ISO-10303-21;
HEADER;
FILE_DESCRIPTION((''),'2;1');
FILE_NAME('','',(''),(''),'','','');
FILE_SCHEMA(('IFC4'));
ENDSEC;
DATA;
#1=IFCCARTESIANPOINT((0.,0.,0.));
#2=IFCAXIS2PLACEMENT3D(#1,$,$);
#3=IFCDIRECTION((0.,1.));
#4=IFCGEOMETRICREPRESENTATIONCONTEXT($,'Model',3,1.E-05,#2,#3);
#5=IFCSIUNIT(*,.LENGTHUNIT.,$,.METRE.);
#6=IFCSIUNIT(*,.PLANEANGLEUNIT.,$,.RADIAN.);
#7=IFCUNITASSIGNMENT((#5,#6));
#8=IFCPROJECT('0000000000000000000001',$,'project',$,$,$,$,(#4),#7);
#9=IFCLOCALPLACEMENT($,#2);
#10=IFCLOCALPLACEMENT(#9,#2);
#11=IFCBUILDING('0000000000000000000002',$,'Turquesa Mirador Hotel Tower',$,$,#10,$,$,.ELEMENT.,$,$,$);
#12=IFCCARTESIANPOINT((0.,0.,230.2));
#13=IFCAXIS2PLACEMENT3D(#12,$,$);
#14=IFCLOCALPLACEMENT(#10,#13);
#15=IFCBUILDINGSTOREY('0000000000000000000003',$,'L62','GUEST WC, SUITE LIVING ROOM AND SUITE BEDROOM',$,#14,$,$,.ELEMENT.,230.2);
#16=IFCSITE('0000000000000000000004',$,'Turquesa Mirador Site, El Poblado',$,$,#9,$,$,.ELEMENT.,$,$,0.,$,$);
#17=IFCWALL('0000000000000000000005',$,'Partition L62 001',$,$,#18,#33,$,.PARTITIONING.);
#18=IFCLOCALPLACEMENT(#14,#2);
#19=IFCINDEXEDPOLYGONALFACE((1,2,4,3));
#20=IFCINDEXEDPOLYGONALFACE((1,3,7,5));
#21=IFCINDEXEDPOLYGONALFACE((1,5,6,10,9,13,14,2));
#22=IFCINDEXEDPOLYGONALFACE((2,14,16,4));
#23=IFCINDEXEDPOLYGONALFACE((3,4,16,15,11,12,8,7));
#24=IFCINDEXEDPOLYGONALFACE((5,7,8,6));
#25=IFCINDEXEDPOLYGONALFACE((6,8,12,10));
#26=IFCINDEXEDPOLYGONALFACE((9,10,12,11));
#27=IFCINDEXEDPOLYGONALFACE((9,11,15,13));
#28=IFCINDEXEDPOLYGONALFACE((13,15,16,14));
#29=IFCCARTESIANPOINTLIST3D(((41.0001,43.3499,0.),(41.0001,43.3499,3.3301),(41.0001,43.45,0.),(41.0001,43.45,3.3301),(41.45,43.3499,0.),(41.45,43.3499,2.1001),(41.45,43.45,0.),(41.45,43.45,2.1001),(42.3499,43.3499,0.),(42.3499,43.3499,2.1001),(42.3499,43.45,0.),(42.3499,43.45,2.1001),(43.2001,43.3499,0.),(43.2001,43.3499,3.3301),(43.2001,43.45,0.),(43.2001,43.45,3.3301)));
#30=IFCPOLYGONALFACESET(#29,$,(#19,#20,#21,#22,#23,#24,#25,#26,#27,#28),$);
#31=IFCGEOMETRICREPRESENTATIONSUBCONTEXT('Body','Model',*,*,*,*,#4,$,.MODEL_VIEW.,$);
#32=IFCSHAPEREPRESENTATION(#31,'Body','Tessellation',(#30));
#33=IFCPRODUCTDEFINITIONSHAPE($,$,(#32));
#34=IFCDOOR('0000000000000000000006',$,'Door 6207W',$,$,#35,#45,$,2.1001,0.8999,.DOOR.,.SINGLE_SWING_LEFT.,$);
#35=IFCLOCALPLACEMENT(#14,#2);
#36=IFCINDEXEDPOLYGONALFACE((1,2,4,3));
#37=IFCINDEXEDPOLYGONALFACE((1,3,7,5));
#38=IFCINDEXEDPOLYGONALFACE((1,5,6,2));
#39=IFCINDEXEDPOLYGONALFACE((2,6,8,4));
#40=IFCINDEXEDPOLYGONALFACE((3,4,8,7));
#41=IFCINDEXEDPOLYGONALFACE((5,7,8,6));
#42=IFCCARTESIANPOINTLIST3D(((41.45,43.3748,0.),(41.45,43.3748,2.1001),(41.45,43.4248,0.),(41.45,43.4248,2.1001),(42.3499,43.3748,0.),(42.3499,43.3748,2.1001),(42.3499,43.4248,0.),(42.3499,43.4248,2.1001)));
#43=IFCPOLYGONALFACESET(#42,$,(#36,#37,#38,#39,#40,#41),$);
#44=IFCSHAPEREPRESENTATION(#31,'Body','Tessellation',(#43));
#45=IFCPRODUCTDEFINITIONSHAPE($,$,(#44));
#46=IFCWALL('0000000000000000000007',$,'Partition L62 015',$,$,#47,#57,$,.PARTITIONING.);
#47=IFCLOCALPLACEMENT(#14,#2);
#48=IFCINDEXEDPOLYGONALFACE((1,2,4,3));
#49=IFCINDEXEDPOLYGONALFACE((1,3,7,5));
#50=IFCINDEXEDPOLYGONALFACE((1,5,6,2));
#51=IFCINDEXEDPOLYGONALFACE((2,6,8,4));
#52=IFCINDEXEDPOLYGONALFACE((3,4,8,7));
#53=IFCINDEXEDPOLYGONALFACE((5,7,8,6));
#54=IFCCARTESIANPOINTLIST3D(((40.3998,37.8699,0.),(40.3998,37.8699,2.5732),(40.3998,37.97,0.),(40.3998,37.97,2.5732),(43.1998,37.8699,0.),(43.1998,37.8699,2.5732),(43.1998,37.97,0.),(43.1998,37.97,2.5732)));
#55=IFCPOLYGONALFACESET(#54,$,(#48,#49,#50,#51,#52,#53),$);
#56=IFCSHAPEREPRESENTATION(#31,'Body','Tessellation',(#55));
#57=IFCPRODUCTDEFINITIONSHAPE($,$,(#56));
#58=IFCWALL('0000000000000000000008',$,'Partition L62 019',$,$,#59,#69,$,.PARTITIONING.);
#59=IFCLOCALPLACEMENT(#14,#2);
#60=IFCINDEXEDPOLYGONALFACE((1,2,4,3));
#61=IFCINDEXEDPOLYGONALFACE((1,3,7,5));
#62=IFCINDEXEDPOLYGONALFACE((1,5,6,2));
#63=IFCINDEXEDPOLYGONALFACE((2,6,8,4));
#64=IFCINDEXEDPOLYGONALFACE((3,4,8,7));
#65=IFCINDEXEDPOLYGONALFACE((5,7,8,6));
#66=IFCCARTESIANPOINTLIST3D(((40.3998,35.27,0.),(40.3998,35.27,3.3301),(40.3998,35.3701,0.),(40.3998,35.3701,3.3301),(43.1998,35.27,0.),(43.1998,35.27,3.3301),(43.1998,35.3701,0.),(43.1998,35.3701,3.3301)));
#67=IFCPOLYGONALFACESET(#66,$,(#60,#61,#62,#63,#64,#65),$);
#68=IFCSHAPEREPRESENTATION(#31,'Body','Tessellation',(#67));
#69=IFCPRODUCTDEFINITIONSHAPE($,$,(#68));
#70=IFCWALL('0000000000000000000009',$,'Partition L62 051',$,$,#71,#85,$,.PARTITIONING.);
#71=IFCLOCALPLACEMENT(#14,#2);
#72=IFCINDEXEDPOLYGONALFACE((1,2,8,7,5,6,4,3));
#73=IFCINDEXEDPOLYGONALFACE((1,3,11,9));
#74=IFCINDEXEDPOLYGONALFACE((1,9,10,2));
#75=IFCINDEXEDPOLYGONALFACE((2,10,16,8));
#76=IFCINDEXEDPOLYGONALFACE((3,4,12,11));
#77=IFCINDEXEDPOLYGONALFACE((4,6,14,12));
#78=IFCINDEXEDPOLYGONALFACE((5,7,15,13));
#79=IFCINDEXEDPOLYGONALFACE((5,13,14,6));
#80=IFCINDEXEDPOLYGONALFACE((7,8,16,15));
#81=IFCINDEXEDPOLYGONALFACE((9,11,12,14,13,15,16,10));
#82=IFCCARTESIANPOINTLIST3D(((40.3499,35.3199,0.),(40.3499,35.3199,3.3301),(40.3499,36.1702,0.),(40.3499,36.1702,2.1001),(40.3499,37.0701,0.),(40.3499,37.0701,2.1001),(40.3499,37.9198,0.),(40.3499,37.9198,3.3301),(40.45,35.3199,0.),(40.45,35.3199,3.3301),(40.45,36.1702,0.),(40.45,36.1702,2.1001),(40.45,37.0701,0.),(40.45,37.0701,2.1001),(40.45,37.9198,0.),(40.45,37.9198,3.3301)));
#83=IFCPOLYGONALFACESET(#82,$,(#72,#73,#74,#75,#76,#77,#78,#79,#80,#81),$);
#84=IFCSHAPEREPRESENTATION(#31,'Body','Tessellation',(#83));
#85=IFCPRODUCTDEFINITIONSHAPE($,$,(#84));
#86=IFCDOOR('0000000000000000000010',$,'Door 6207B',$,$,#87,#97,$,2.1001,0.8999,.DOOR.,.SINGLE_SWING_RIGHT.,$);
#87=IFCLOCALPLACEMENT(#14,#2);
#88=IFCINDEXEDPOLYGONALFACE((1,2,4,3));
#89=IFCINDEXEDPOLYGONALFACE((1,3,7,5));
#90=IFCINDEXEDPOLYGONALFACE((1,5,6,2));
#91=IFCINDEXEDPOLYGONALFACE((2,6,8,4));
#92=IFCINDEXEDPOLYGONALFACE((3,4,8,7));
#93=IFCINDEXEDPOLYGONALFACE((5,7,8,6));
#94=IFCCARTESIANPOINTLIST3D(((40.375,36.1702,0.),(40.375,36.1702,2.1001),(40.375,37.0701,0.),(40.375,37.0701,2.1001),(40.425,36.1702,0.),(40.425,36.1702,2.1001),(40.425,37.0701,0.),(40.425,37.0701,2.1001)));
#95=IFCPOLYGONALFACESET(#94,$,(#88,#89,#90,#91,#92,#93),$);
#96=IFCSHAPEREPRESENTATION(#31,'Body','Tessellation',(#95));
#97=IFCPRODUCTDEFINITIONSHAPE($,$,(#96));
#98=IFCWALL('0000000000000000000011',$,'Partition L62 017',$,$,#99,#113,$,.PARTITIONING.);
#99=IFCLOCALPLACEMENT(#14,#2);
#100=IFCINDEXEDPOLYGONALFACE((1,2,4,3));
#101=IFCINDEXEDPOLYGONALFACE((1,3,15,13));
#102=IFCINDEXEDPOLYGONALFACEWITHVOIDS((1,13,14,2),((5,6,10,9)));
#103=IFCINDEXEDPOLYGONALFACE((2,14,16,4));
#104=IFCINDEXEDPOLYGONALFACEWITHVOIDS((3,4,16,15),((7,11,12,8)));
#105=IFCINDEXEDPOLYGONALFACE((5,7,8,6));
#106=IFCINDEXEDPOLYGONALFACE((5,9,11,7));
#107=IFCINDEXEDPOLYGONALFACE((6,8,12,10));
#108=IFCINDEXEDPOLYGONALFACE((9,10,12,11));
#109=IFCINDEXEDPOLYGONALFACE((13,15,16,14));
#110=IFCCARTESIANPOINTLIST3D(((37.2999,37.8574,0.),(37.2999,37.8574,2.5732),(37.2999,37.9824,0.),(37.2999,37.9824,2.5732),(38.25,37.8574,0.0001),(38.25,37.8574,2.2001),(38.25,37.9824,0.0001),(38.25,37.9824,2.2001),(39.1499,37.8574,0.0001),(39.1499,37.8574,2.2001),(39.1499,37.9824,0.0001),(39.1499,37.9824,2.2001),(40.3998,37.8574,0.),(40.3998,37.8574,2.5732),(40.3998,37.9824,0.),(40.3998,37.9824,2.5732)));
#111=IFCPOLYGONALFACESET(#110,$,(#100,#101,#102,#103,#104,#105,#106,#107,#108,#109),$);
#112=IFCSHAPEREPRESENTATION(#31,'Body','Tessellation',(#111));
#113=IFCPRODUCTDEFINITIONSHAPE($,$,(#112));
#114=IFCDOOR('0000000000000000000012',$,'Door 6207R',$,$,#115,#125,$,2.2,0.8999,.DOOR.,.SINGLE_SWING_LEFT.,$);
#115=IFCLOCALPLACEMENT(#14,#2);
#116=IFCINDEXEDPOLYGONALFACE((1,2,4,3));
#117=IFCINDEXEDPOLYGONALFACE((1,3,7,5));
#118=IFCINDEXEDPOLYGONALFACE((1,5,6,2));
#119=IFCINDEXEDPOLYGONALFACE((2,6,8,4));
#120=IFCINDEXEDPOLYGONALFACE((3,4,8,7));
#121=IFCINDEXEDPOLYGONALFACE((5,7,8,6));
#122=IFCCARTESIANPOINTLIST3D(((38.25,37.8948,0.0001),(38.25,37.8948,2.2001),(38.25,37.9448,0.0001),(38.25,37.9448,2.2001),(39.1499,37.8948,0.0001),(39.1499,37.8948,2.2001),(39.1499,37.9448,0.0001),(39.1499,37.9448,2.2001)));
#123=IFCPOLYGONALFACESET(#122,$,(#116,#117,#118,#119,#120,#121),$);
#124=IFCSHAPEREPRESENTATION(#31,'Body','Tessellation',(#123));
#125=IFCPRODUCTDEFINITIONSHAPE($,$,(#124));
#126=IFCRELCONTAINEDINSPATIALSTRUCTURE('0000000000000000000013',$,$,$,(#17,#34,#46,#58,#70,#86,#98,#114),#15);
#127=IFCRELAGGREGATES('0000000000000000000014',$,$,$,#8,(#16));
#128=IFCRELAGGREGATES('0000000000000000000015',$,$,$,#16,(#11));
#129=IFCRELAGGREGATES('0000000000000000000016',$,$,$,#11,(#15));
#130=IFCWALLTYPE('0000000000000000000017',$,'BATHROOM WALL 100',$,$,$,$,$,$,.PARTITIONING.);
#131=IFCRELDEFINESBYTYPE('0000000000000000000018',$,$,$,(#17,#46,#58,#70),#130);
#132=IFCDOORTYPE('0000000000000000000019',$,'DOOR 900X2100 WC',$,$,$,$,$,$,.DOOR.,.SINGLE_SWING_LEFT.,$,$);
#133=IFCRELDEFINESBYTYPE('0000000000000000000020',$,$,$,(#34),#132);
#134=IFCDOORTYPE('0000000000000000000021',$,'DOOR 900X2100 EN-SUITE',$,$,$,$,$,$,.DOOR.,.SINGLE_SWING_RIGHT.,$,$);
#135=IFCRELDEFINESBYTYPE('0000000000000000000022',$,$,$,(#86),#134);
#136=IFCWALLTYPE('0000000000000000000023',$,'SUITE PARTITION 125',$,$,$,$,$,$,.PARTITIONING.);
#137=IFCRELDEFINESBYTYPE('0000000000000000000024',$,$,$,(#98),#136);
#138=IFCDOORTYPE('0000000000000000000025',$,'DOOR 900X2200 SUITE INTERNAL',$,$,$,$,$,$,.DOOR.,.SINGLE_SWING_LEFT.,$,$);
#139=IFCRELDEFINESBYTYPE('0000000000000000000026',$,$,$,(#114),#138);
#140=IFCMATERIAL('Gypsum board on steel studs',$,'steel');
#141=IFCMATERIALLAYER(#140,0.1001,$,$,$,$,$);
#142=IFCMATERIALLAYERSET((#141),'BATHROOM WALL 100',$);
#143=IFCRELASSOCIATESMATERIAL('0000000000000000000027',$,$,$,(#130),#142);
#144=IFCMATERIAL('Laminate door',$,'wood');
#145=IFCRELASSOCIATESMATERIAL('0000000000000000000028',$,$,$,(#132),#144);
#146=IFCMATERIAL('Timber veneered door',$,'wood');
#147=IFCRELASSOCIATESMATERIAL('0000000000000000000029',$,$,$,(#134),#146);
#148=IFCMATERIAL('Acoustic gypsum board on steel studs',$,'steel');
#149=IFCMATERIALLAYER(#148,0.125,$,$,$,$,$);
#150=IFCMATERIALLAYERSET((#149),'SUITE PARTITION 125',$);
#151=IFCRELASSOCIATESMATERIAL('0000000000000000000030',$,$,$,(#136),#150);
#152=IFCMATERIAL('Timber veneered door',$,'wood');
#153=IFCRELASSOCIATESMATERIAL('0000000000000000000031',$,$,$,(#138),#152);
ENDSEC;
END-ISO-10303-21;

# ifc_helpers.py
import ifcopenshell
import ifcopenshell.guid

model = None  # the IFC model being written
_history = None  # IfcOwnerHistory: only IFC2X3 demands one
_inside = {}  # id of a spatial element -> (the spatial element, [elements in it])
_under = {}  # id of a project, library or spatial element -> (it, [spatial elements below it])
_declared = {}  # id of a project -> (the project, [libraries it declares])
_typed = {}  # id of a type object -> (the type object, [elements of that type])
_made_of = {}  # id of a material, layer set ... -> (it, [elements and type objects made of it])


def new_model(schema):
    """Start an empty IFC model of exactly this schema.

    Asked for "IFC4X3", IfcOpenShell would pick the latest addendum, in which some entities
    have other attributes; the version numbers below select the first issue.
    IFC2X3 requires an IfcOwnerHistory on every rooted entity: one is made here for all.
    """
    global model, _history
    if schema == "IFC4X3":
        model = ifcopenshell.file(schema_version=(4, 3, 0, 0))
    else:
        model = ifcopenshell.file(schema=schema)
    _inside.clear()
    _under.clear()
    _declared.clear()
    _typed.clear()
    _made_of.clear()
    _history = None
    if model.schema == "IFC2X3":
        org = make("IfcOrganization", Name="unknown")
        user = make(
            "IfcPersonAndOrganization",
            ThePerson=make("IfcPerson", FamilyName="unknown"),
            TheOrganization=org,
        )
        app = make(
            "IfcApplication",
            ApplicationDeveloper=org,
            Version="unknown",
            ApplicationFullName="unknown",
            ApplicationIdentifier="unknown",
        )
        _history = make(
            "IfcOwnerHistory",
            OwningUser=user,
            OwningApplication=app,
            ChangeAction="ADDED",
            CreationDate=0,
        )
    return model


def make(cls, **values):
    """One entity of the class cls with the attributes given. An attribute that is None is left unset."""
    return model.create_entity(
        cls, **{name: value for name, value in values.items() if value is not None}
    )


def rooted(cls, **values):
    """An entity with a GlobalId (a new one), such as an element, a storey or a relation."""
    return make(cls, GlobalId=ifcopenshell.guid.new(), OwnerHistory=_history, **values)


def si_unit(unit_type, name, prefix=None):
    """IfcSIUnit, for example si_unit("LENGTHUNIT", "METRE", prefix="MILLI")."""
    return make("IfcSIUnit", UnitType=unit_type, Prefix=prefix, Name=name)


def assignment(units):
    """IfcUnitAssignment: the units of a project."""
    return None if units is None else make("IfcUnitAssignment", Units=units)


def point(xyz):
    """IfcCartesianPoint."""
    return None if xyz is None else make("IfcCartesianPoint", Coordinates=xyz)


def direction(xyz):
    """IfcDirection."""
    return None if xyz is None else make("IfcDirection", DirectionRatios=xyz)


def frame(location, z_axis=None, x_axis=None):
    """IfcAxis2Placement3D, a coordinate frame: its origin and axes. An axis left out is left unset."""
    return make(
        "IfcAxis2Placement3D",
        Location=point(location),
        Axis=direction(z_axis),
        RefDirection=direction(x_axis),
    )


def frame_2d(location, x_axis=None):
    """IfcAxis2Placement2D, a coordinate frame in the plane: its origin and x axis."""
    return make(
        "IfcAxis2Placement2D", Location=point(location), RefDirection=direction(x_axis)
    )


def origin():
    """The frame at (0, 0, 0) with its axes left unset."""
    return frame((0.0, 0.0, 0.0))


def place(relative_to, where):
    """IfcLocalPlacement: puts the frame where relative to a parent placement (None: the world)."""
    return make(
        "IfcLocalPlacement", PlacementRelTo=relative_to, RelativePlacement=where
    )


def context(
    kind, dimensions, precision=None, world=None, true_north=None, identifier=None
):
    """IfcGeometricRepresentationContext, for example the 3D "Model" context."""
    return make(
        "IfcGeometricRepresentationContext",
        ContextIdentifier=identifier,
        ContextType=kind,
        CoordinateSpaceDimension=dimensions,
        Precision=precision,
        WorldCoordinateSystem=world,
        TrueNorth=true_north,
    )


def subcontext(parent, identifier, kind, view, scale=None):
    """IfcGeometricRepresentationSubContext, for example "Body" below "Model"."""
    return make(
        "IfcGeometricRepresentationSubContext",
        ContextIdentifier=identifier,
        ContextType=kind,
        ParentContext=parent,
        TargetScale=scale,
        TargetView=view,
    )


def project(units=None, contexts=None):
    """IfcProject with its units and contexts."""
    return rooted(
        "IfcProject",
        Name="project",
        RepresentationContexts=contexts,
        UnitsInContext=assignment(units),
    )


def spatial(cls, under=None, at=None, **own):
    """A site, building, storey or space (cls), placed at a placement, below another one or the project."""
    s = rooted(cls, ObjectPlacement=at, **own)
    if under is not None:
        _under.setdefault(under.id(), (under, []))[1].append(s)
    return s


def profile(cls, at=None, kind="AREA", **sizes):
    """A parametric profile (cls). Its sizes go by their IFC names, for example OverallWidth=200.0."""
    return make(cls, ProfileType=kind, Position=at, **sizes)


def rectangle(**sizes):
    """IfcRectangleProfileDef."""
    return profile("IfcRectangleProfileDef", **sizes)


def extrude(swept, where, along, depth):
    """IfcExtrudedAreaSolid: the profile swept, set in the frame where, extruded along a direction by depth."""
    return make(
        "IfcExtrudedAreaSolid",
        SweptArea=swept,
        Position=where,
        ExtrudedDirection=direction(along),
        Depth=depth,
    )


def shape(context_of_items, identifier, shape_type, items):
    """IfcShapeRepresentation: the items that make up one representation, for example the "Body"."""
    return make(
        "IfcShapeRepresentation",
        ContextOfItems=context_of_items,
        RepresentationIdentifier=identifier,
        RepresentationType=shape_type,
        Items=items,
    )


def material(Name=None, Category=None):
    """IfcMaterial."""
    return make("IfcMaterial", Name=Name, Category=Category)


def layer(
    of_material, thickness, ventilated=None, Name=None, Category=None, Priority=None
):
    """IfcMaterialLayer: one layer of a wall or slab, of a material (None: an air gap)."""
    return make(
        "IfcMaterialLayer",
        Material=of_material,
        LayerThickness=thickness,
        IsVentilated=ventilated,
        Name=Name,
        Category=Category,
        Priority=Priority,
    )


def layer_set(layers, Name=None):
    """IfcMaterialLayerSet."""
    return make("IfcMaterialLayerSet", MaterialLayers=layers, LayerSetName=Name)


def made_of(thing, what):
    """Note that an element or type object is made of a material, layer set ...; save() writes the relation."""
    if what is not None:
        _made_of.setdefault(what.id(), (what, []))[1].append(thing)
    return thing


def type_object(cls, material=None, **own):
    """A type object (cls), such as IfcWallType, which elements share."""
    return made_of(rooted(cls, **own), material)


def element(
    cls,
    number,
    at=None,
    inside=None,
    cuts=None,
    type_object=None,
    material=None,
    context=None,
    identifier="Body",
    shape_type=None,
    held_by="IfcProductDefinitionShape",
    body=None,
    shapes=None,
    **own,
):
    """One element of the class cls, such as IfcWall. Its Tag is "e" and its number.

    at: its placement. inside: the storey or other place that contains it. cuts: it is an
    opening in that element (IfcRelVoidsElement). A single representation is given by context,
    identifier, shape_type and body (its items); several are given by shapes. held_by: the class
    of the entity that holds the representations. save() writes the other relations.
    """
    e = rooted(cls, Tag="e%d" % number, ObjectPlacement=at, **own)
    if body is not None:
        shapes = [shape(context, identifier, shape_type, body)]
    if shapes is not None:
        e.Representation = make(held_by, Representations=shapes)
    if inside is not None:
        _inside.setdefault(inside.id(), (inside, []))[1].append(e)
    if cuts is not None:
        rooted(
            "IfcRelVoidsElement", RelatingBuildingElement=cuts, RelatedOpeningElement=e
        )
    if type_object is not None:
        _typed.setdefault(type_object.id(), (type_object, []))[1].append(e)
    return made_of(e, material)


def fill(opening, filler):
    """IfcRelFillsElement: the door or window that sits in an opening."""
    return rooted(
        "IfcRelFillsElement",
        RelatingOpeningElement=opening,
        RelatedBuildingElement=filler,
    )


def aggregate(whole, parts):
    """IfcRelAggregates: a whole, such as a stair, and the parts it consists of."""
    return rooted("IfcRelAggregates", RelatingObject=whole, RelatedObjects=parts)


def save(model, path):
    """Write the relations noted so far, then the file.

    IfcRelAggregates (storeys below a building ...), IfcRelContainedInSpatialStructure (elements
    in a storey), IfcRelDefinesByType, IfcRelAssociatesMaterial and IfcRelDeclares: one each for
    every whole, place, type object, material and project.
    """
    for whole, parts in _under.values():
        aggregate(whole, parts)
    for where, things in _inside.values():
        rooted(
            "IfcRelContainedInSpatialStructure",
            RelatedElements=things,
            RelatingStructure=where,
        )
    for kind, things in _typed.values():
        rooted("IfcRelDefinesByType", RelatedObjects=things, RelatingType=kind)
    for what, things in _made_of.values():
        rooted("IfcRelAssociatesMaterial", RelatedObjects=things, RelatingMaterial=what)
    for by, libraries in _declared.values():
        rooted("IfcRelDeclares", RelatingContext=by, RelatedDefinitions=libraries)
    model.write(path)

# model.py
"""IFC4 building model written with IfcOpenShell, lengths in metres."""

from ifc_helpers import new_model, si_unit, direction, frame, frame_2d, origin, place, context, subcontext, project, spatial, rectangle, extrude, material, layer, layer_set, type_object, element, fill, save


model = new_model("IFC4")

# Units and contexts
model_context = context("Model", 3, precision=1e-05, world=origin(), true_north=direction((0.0, 1.0)))
body_context = subcontext(model_context, "Body", "Model", "MODEL_VIEW")
ifc_project = project(units=[si_unit("LENGTHUNIT", "METRE"), si_unit("PLANEANGLEUNIT", "RADIAN")], contexts=[model_context])

# Site, building, storey
site_placement = place(None, origin())
site = spatial("IfcSite", under=ifc_project, at=site_placement, Name="Turquesa Mirador Site, El Poblado", CompositionType="ELEMENT", RefElevation=0.0)
building_placement = place(site_placement, origin())
building = spatial("IfcBuilding", under=site, at=building_placement, Name="Turquesa Mirador Hotel Tower", CompositionType="ELEMENT")
storey_placement = place(building_placement, frame((0.0, 0.0, 230.2)))
storey = spatial("IfcBuildingStorey", under=building, at=storey_placement, Name="L62", Description="GUEST WC, SUITE LIVING ROOM AND SUITE BEDROOM", CompositionType="ELEMENT", Elevation=230.2)

# Wall, opening, door
ifc_material_1 = material(Name="Gypsum board on steel studs", Category="steel")
ifc_layer_1 = layer(ifc_material_1, 0.1001)
ifc_layer_set_1 = layer_set([ifc_layer_1], Name="BATHROOM WALL 100")
wall_type_1 = type_object("IfcWallType", Name="BATHROOM WALL 100", PredefinedType="PARTITIONING", material=ifc_layer_set_1)
wall_1_placement = place(storey_placement, frame((41.0, 43.3999, 0.0), z_axis=(0.0, 0.0, 1.0), x_axis=(1.0, 0.0, 0.0)))
wall_1 = element("IfcWall", 1, at=wall_1_placement, inside=storey, type_object=wall_type_1, Name="Partition L62 001", PredefinedType="PARTITIONING", context=body_context, shape_type="SweptSolid", body=[
    extrude(rectangle(XDim=2.2, YDim=0.1001, at=frame_2d((1.1001, 0.0))), origin(), (0.0, 0.0, 1.0), 3.3301),
])
opening_1_placement = place(wall_1_placement, frame((0.45, 0.0, 0.0)))
opening_1 = element("IfcOpeningElement", 2, at=opening_1_placement, cuts=wall_1, PredefinedType="OPENING", context=body_context, shape_type="SweptSolid", body=[
    extrude(rectangle(XDim=0.8999, YDim=2.1001, at=frame_2d((0.45, 1.05))), frame((0.0, 0.0601, 0.0), z_axis=(0.0, -1.0, 0.0), x_axis=(1.0, 0.0, 0.0)), (0.0, 0.0, 1.0), 0.1201),
])
ifc_material_2 = material(Name="Laminate door", Category="wood")
door_type_1 = type_object("IfcDoorType", Name="DOOR 900X2100 WC", OperationType="SINGLE_SWING_LEFT", PredefinedType="DOOR", material=ifc_material_2)
door_1_placement = place(opening_1_placement, origin())
door_1 = element("IfcDoor", 3, at=door_1_placement, inside=storey, type_object=door_type_1, Name="Door 6207W", OperationType="SINGLE_SWING_LEFT", OverallHeight=2.1001, OverallWidth=0.8999, PredefinedType="DOOR", context=body_context, shape_type="SweptSolid", body=[
    extrude(rectangle(XDim=0.8999, YDim=2.1001, at=frame_2d((0.45, 1.05))), frame((0.0, 0.0249, 0.0), z_axis=(0.0, -1.0, 0.0), x_axis=(1.0, 0.0, 0.0)), (0.0, 0.0, 1.0), 0.05),
])
fill(opening_1, door_1)

# Walls
wall_2_placement = place(storey_placement, frame((40.3999, 37.9199, 0.0), z_axis=(0.0, 0.0, 1.0), x_axis=(1.0, 0.0, 0.0)))
element("IfcWall", 4, at=wall_2_placement, inside=storey, type_object=wall_type_1, Name="Partition L62 015", PredefinedType="PARTITIONING", context=body_context, shape_type="SweptSolid", body=[
    extrude(rectangle(XDim=2.8, YDim=0.1001, at=frame_2d((1.3999, 0.0))), origin(), (0.0, 0.0, 1.0), 2.5732),
])
wall_3_placement = place(storey_placement, frame((40.3999, 35.3201, 0.0), z_axis=(0.0, 0.0, 1.0), x_axis=(1.0, 0.0, 0.0)))
element("IfcWall", 5, at=wall_3_placement, inside=storey, type_object=wall_type_1, Name="Partition L62 019", PredefinedType="PARTITIONING", context=body_context, shape_type="SweptSolid", body=[
    extrude(rectangle(XDim=2.8, YDim=0.1001, at=frame_2d((1.3999, 0.0))), origin(), (0.0, 0.0, 1.0), 3.3301),
])

# Walls, openings, doors
wall_4_placement = place(storey_placement, frame((40.3999, 35.3201, 0.0), z_axis=(0.0, 0.0, 1.0), x_axis=(0.0, 1.0, 0.0)))
wall_4 = element("IfcWall", 6, at=wall_4_placement, inside=storey, type_object=wall_type_1, Name="Partition L62 051", PredefinedType="PARTITIONING", context=body_context, shape_type="SweptSolid", body=[
    extrude(rectangle(XDim=2.5999, YDim=0.1001, at=frame_2d((1.2998, 0.0))), origin(), (0.0, 0.0, 1.0), 3.3301),
])
opening_2_placement = place(wall_4_placement, frame((0.8501, 0.0, 0.0)))
opening_2 = element("IfcOpeningElement", 7, at=opening_2_placement, cuts=wall_4, PredefinedType="OPENING", context=body_context, shape_type="SweptSolid", body=[
    extrude(rectangle(XDim=0.8999, YDim=2.1001, at=frame_2d((0.45, 1.05))), frame((0.0, 0.0601, 0.0), z_axis=(0.0, -1.0, 0.0), x_axis=(1.0, 0.0, 0.0)), (0.0, 0.0, 1.0), 0.1201),
])
ifc_material_3 = material(Name="Timber veneered door", Category="wood")
door_type_2 = type_object("IfcDoorType", Name="DOOR 900X2100 EN-SUITE", OperationType="SINGLE_SWING_RIGHT", PredefinedType="DOOR", material=ifc_material_3)
door_2_placement = place(opening_2_placement, origin())
door_2 = element("IfcDoor", 8, at=door_2_placement, inside=storey, type_object=door_type_2, Name="Door 6207B", OperationType="SINGLE_SWING_RIGHT", OverallHeight=2.1001, OverallWidth=0.8999, PredefinedType="DOOR", context=body_context, shape_type="SweptSolid", body=[
    extrude(rectangle(XDim=0.8999, YDim=2.1001, at=frame_2d((0.45, 1.05))), frame((0.0, 0.0249, 0.0), z_axis=(0.0, -1.0, 0.0), x_axis=(1.0, 0.0, 0.0)), (0.0, 0.0, 1.0), 0.05),
])
fill(opening_2, door_2)
ifc_material_4 = material(Name="Acoustic gypsum board on steel studs", Category="steel")
ifc_layer_2 = layer(ifc_material_4, 0.125)
ifc_layer_set_2 = layer_set([ifc_layer_2], Name="SUITE PARTITION 125")
wall_type_2 = type_object("IfcWallType", Name="SUITE PARTITION 125", PredefinedType="PARTITIONING", material=ifc_layer_set_2)
wall_5_placement = place(storey_placement, frame((37.3, 37.9199, 0.0), z_axis=(0.0, 0.0, 1.0), x_axis=(1.0, 0.0, 0.0)))
wall_5 = element("IfcWall", 9, at=wall_5_placement, inside=storey, type_object=wall_type_2, Name="Partition L62 017", PredefinedType="PARTITIONING", context=body_context, shape_type="SweptSolid", body=[
    extrude(rectangle(XDim=3.0999, YDim=0.125, at=frame_2d((1.5498, 0.0))), origin(), (0.0, 0.0, 1.0), 2.5732),
])
opening_3_placement = place(wall_5_placement, frame((0.95, 0.0, 0.0)))
opening_3 = element("IfcOpeningElement", 10, at=opening_3_placement, cuts=wall_5, PredefinedType="OPENING", context=body_context, shape_type="SweptSolid", body=[
    extrude(rectangle(XDim=0.8999, YDim=2.2, at=frame_2d((0.45, 1.1001))), frame((0.0, 0.0725, 0.0), z_axis=(0.0, -1.0, 0.0), x_axis=(1.0, 0.0, 0.0)), (0.0, 0.0, 1.0), 0.145),
])
ifc_material_5 = material(Name="Timber veneered door", Category="wood")
door_type_3 = type_object("IfcDoorType", Name="DOOR 900X2200 SUITE INTERNAL", OperationType="SINGLE_SWING_LEFT", PredefinedType="DOOR", material=ifc_material_5)
door_3_placement = place(opening_3_placement, origin())
door_3 = element("IfcDoor", 11, at=door_3_placement, inside=storey, type_object=door_type_3, Name="Door 6207R", OperationType="SINGLE_SWING_LEFT", OverallHeight=2.2, OverallWidth=0.8999, PredefinedType="DOOR", context=body_context, shape_type="SweptSolid", body=[
    extrude(rectangle(XDim=0.8999, YDim=2.2, at=frame_2d((0.45, 1.1001))), frame((0.0, 0.0249, 0.0), z_axis=(0.0, -1.0, 0.0), x_axis=(1.0, 0.0, 0.0)), (0.0, 0.0, 1.0), 0.05),
])
fill(opening_3, door_3)

save(model, "model.ifc")
